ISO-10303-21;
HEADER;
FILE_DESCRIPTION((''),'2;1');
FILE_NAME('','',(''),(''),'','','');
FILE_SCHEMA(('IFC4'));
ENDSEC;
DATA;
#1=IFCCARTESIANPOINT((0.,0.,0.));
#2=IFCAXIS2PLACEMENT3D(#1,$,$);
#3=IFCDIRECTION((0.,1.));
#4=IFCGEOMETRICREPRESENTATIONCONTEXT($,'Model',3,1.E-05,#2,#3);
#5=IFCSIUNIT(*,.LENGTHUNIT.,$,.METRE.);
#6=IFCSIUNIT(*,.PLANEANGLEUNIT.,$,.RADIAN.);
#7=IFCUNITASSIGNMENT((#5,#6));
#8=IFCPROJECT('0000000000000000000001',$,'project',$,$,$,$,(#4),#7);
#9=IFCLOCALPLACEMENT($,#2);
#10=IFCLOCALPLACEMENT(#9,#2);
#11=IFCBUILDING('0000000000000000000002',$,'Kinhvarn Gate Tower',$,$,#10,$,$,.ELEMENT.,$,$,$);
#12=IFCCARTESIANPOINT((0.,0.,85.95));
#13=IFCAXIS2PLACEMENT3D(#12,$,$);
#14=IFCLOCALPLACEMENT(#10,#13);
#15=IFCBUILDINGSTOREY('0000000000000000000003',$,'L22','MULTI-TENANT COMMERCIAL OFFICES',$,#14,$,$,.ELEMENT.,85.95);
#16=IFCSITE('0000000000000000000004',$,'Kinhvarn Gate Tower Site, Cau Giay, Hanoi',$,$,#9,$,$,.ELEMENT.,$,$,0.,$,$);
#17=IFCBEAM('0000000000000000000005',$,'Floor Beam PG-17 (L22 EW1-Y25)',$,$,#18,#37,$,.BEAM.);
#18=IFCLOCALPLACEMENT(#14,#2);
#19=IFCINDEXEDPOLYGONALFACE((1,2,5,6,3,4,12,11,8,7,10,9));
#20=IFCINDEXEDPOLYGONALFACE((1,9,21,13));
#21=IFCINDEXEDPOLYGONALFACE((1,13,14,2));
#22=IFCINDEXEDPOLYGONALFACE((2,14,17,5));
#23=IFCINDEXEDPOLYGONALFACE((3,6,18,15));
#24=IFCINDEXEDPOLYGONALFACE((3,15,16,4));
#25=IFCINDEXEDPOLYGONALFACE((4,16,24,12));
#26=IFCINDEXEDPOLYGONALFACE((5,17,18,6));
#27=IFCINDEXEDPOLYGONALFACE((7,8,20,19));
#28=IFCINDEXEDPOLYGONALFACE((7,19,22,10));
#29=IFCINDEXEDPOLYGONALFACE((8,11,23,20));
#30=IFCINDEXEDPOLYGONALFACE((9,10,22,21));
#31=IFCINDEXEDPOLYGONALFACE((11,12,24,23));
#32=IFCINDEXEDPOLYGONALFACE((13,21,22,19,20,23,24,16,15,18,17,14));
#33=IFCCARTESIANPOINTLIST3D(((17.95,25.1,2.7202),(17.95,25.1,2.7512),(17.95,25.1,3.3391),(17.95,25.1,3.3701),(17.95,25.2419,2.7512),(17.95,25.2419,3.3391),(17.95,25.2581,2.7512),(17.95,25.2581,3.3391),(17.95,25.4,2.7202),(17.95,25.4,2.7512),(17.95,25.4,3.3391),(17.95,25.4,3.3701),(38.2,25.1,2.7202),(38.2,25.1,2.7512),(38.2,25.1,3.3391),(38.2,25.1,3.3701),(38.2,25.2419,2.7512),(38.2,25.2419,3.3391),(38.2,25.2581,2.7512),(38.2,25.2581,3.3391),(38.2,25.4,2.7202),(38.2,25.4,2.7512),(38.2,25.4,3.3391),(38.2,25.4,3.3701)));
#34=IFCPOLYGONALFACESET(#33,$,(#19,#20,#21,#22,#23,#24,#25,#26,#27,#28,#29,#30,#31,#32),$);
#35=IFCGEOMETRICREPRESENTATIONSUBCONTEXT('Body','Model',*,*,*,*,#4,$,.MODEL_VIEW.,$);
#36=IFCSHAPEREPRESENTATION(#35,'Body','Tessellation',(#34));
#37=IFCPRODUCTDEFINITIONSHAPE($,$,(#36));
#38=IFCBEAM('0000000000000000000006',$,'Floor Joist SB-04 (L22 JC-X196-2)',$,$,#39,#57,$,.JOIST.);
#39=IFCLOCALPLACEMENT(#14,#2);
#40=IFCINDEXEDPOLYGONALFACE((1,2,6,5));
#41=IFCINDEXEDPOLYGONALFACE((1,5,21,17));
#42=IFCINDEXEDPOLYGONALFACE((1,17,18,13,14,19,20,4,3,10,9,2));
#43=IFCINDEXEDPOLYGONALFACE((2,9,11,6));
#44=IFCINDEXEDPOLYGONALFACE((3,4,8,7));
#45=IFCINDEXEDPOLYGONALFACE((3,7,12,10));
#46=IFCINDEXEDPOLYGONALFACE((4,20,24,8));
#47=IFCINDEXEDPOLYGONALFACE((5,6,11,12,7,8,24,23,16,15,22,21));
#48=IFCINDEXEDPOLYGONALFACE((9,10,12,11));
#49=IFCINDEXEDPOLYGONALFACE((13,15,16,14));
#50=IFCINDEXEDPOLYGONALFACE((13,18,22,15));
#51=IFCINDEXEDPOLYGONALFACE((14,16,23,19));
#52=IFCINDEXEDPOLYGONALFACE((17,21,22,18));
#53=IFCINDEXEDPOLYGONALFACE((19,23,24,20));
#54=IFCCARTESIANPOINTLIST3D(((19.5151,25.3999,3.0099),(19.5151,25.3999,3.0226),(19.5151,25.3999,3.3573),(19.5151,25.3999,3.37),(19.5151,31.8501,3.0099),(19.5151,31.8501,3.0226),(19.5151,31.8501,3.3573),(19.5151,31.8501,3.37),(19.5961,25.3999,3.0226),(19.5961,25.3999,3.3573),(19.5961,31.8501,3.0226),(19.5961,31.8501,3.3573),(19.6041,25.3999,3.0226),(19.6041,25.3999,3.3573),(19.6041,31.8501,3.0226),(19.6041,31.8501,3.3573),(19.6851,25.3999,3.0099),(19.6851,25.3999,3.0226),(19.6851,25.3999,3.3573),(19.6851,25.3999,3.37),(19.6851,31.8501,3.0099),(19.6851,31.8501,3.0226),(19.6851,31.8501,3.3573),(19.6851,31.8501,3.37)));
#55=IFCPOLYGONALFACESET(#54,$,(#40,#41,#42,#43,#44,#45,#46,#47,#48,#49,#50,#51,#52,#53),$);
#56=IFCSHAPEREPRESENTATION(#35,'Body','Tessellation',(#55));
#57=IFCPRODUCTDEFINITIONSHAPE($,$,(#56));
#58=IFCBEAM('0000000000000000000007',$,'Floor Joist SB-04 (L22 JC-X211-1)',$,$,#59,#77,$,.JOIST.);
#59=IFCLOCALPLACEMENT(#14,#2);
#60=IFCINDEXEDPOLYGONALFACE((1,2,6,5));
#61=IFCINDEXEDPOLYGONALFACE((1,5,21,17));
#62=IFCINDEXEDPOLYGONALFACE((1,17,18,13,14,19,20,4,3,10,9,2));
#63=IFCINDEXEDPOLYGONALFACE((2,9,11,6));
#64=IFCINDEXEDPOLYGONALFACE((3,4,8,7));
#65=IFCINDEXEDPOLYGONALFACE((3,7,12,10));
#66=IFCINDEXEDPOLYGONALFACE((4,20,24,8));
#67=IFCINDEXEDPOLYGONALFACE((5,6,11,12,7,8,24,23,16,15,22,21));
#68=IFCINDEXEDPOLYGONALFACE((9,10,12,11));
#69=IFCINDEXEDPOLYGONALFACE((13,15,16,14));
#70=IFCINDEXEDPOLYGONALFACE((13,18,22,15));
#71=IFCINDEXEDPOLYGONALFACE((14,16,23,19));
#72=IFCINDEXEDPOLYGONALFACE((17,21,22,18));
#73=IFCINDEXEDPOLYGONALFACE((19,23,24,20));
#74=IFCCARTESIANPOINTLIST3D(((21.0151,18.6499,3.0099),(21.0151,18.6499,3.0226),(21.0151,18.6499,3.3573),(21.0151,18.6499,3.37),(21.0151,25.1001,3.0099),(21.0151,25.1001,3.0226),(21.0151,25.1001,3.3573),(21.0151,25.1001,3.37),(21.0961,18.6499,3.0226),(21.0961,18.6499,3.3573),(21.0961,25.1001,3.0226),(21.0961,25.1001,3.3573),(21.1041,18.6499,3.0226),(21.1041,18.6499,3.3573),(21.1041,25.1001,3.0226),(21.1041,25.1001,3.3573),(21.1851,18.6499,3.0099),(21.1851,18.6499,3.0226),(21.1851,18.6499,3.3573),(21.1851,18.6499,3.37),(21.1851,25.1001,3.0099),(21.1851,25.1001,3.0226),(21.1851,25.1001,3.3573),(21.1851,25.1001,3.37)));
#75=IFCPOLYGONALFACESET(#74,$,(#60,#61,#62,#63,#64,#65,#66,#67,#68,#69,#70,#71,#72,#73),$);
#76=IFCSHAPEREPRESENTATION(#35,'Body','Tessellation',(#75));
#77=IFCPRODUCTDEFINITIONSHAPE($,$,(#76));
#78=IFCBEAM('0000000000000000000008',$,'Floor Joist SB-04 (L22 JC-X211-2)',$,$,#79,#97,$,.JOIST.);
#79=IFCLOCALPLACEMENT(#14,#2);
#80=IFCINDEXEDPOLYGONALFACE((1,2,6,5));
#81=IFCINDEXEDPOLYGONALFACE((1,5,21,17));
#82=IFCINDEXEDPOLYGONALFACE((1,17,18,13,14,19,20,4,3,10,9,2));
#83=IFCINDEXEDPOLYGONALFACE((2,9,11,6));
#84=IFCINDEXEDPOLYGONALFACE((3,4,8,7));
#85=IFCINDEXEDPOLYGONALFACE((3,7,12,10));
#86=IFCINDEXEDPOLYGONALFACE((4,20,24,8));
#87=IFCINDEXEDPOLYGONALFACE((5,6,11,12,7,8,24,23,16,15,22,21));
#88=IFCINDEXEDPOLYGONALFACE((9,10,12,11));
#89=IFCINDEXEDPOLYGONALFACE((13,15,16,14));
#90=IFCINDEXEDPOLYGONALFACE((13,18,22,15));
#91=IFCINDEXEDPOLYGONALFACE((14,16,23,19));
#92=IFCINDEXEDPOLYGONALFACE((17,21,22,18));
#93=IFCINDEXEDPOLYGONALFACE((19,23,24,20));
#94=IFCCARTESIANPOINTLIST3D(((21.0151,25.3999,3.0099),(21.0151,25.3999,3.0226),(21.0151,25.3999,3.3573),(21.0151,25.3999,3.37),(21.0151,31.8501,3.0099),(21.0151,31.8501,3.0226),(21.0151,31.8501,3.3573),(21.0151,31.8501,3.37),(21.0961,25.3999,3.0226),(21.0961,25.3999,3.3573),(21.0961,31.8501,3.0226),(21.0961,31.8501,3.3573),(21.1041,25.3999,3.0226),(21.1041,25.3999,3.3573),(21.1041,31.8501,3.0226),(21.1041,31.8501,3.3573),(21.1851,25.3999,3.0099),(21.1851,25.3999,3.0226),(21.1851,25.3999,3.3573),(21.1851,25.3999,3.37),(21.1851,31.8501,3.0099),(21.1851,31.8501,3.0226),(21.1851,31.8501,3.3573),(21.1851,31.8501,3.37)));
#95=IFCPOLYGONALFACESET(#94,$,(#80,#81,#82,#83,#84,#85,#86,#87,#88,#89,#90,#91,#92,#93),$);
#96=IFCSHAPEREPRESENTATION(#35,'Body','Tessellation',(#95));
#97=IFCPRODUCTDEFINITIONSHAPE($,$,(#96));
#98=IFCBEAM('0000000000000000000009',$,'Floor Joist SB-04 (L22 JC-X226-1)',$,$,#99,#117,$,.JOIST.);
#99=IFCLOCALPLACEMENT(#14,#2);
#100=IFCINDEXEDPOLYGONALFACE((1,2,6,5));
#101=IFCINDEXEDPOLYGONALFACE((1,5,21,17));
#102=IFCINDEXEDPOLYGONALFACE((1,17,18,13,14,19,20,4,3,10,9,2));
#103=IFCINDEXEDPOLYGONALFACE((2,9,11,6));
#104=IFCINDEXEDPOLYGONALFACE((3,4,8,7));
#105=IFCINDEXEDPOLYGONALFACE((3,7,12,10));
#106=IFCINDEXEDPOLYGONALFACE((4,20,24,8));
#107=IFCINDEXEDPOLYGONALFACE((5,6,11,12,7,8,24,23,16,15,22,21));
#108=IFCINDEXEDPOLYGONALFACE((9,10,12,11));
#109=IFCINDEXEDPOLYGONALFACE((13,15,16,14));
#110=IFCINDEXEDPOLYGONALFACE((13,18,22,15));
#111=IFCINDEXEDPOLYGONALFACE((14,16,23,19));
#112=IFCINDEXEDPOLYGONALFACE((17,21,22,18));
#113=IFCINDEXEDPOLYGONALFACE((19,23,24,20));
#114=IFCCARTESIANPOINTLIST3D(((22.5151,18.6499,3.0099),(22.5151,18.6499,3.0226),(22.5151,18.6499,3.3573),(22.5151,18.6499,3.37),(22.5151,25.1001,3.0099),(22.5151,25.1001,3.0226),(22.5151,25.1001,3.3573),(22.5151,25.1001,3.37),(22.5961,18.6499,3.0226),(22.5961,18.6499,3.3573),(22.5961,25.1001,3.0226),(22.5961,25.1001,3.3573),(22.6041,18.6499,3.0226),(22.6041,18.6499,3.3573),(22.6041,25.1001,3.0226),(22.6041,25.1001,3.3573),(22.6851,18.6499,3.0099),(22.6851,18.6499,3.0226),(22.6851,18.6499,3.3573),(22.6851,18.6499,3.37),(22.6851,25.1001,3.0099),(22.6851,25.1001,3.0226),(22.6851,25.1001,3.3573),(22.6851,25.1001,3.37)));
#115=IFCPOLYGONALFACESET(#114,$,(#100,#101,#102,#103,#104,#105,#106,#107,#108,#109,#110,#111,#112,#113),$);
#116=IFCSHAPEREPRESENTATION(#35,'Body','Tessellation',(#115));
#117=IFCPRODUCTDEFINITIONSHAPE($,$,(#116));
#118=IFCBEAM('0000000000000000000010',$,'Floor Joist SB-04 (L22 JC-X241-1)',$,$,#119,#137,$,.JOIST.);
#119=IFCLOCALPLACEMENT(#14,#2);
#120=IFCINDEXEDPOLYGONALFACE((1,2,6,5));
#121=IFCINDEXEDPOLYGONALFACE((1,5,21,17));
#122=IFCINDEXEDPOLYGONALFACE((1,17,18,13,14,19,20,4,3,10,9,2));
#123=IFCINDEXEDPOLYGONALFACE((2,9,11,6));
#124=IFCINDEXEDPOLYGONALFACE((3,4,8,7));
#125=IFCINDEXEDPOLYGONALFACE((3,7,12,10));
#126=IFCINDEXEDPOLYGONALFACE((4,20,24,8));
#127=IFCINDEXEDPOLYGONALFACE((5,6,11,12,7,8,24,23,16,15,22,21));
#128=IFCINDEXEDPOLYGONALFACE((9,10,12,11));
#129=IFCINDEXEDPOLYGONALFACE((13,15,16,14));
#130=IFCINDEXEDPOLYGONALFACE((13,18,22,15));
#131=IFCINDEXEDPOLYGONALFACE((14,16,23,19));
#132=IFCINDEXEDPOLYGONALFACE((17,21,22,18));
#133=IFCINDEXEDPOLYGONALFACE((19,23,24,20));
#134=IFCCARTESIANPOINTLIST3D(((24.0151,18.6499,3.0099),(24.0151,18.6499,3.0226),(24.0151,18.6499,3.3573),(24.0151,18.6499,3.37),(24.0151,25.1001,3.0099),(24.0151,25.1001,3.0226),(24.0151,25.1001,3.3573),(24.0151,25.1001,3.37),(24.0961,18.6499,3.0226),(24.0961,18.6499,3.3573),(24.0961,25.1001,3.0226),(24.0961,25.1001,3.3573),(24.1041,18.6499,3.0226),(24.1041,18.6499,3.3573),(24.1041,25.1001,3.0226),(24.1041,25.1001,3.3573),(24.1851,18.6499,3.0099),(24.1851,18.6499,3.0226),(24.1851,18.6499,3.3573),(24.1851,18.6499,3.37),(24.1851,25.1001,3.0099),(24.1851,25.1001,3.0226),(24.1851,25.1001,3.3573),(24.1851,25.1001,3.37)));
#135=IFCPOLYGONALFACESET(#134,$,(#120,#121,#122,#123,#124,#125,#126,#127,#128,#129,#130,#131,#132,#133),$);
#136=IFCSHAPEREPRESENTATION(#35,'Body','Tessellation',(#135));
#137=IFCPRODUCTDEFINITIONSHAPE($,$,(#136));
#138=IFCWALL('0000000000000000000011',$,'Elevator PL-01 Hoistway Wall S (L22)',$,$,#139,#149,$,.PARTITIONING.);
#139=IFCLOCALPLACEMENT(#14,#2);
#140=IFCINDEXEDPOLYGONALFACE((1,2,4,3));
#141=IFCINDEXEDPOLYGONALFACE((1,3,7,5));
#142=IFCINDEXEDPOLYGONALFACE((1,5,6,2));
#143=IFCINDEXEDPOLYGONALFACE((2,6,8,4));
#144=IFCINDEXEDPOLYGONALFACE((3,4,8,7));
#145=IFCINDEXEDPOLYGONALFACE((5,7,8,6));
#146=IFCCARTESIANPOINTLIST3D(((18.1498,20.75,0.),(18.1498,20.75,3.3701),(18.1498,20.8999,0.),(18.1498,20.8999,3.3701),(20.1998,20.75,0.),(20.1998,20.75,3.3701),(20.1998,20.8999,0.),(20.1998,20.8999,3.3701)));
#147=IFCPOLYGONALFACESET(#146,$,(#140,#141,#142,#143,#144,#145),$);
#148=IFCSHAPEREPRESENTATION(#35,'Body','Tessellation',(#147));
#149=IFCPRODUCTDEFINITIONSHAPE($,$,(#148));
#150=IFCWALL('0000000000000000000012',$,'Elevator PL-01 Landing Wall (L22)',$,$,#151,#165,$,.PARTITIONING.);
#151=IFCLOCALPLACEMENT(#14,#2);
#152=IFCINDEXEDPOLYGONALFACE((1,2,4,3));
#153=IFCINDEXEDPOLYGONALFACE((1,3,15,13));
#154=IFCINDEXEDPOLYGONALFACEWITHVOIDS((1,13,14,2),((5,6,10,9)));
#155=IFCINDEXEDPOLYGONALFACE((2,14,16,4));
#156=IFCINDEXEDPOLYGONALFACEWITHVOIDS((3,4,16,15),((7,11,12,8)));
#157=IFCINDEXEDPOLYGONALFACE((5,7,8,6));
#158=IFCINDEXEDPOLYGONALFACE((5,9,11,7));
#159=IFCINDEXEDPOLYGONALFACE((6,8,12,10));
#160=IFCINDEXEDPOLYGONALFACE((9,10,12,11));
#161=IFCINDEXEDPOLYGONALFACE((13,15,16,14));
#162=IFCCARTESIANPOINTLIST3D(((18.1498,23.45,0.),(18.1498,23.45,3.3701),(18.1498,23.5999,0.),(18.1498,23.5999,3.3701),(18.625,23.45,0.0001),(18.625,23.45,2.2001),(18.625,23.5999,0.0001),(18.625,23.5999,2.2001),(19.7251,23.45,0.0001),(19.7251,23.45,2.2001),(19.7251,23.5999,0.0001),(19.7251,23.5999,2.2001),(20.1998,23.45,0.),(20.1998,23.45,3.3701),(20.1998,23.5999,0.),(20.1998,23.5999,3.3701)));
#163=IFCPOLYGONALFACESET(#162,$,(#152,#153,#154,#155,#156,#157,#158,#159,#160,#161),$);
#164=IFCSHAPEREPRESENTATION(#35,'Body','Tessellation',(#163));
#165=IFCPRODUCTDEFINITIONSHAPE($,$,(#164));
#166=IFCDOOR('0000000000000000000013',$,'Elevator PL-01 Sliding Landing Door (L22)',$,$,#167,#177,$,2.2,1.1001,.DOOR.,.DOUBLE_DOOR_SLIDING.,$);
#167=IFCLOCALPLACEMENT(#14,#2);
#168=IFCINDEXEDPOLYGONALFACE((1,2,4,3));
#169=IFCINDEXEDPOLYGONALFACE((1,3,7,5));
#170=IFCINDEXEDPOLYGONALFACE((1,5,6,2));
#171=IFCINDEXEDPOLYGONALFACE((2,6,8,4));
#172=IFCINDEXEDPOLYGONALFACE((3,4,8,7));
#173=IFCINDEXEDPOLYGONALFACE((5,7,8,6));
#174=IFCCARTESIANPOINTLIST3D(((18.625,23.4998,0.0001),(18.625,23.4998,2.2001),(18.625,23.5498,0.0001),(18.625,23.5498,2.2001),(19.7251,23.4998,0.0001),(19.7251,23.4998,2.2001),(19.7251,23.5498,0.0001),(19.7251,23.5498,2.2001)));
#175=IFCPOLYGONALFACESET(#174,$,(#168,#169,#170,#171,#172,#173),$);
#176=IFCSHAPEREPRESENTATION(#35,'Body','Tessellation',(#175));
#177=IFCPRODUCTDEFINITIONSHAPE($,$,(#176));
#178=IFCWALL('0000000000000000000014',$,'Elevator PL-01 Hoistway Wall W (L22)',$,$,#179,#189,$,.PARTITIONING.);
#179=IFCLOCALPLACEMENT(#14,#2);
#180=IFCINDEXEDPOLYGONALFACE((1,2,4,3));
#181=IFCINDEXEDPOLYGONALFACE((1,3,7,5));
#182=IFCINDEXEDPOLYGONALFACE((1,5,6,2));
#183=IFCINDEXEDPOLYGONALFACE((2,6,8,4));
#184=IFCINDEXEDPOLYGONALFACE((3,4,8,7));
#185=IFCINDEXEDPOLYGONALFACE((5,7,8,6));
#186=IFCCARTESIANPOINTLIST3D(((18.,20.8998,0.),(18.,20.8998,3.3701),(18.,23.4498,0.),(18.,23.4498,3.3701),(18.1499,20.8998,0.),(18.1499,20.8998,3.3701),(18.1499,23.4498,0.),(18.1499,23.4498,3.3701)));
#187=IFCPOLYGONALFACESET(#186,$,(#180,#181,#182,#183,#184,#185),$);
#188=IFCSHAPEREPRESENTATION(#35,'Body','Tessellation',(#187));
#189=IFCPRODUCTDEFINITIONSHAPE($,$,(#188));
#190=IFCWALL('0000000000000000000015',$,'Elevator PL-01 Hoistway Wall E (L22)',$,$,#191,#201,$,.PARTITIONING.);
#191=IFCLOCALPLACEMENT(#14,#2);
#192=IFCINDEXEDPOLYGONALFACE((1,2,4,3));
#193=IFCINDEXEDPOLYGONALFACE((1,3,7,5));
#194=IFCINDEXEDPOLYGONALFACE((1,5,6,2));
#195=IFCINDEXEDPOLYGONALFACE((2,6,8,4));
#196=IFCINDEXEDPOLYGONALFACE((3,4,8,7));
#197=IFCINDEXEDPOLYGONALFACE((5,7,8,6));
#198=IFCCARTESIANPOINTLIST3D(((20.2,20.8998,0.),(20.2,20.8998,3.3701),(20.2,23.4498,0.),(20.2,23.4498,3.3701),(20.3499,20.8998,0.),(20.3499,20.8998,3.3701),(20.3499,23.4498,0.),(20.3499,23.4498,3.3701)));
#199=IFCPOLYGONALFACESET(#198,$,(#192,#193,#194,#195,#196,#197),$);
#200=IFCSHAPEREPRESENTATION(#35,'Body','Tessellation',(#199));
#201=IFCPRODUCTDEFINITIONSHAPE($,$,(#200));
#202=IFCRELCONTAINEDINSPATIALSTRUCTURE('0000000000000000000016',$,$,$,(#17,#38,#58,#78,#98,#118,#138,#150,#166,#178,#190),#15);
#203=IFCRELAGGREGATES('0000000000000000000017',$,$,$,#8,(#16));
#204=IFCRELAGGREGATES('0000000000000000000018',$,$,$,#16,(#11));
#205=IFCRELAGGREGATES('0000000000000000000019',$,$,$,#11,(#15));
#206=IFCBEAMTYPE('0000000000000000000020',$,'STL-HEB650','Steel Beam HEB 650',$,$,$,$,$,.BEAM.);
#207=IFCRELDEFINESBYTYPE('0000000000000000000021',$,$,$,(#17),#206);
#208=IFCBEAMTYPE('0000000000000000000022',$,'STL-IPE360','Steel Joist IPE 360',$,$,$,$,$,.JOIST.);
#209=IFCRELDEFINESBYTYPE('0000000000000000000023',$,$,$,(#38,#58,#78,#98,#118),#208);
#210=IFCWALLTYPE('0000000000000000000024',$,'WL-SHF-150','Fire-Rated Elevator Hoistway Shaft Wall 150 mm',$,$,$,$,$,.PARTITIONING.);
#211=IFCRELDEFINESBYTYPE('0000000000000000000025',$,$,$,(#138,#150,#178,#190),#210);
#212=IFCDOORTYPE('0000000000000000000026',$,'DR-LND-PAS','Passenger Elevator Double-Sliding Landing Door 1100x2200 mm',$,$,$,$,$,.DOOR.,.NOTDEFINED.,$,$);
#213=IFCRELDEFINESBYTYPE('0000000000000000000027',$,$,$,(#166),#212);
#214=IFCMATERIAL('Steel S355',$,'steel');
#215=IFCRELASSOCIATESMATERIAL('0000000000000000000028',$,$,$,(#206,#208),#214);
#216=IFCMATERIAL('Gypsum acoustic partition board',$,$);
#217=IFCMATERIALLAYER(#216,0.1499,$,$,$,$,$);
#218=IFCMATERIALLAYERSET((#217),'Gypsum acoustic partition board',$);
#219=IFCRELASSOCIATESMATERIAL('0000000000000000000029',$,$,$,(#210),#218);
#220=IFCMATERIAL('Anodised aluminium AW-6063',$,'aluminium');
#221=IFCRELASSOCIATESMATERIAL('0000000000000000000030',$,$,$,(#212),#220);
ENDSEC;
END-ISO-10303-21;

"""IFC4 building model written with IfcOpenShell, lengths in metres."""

from ifc_helpers import new_model, si_unit, direction, frame, frame_2d, origin, origin_2d, place, context, subcontext, project, spatial, rectangle, i_section, extrude, material, layer, layer_set, material_profile, profile_set, type_object, element, fill, save


model = new_model("IFC4")

# Units and contexts
model_context = context("Model", 3, precision=1e-05, world=origin(), true_north=direction((0.0, 1.0)))
body_context = subcontext(model_context, "Body", "Model", "MODEL_VIEW")
ifc_project = project(units=[si_unit("LENGTHUNIT", "METRE"), si_unit("PLANEANGLEUNIT", "RADIAN")], contexts=[model_context])

# Site, building, storey
site_placement = place(None, origin())
site = spatial("IfcSite", under=ifc_project, at=site_placement, Name="Kinhvarn Gate Tower Site, Cau Giay, Hanoi", CompositionType="ELEMENT", RefElevation=0.0)
building_placement = place(site_placement, origin())
building = spatial("IfcBuilding", under=site, at=building_placement, Name="Kinhvarn Gate Tower", CompositionType="ELEMENT")
storey_placement = place(building_placement, frame((0.0, 0.0, 85.95)))
storey = spatial("IfcBuildingStorey", under=building, at=storey_placement, Name="L22", Description="MULTI-TENANT COMMERCIAL OFFICES", CompositionType="ELEMENT", Elevation=85.95)

# Beams
ifc_material_1 = material(Name="Steel S355", Category="steel")
ifc_material_profile_1 = material_profile(ifc_material_1, i_section(OverallWidth=0.3, OverallDepth=0.6499, WebThickness=0.0161, FlangeThickness=0.031, at=origin_2d()), Name="HEB 650")
ifc_profile_set_1 = profile_set([ifc_material_profile_1], Name="Steel S355")
beam_type_1 = type_object("IfcBeamType", Name="STL-HEB650", Description="Steel Beam HEB 650", PredefinedType="BEAM", material=ifc_profile_set_1)
beam_placement = place(storey_placement, frame((17.95, 25.25, 3.0452), z_axis=(1.0, 0.0, 0.0), x_axis=(0.0, 1.0, 0.0)))
element("IfcBeam", 1, at=beam_placement, inside=storey, type_object=beam_type_1, Name="Floor Beam PG-17 (L22 EW1-Y25)", PredefinedType="BEAM", context=body_context, shape_type="SweptSolid", body=[
    extrude(i_section(OverallWidth=0.3, OverallDepth=0.6499, WebThickness=0.0161, FlangeThickness=0.031, at=origin_2d()), origin(), (0.0, 0.0, 1.0), 20.25),
])
ifc_material_profile_2 = material_profile(ifc_material_1, i_section(OverallWidth=0.1699, OverallDepth=0.3601, WebThickness=0.0081, FlangeThickness=0.0127, at=origin_2d()), Name="IPE 360")
ifc_profile_set_2 = profile_set([ifc_material_profile_2], Name="Steel S355")
beam_type_2 = type_object("IfcBeamType", Name="STL-IPE360", Description="Steel Joist IPE 360", PredefinedType="JOIST", material=ifc_profile_set_2)
for number, where, z_axis, x_axis, name in (
    (2, (19.6001, 25.3999, 3.1899), (0.0, 1.0, 0.0), (-1.0, 0.0, 0.0), "Floor Joist SB-04 (L22 JC-X196-2)"),
    (3, (21.1001, 18.6499, 3.1899), (0.0, 1.0, 0.0), (-1.0, 0.0, 0.0), "Floor Joist SB-04 (L22 JC-X211-1)"),
    (4, (21.1001, 25.3999, 3.1899), (0.0, 1.0, 0.0), (-1.0, 0.0, 0.0), "Floor Joist SB-04 (L22 JC-X211-2)"),
    (5, (22.6001, 18.6499, 3.1899), (0.0, 1.0, 0.0), (-1.0, 0.0, 0.0), "Floor Joist SB-04 (L22 JC-X226-1)"),
    (6, (24.1001, 18.6499, 3.1899), (0.0, 1.0, 0.0), (-1.0, 0.0, 0.0), "Floor Joist SB-04 (L22 JC-X241-1)"),
):
    element("IfcBeam", number, at=place(storey_placement, frame(where, z_axis=z_axis, x_axis=x_axis)), inside=storey, type_object=beam_type_2, Name=name, PredefinedType="JOIST", context=body_context, shape_type="SweptSolid", body=[
        extrude(i_section(OverallWidth=0.1699, OverallDepth=0.3601, WebThickness=0.0081, FlangeThickness=0.0127, at=origin_2d()), origin(), (0.0, 0.0, 1.0), 6.4502),
    ])

# Shared definitions
ifc_material_2 = material(Name="Gypsum acoustic partition board")
ifc_material_3 = material(Name="Anodised aluminium AW-6063", Category="aluminium")

# Wall
ifc_layer_1 = layer(ifc_material_2, 0.1499)
ifc_layer_set_1 = layer_set([ifc_layer_1], Name="Gypsum acoustic partition board")
wall_type_1 = type_object("IfcWallType", Name="WL-SHF-150", Description="Fire-Rated Elevator Hoistway Shaft Wall 150 mm", PredefinedType="PARTITIONING", material=ifc_layer_set_1)
wall_1_placement = place(storey_placement, frame((18.1499, 20.825, 0.0), z_axis=(0.0, 0.0, 1.0), x_axis=(1.0, 0.0, 0.0)))
element("IfcWall", 7, at=wall_1_placement, inside=storey, type_object=wall_type_1, Name="Elevator PL-01 Hoistway Wall S (L22)", PredefinedType="PARTITIONING", context=body_context, shape_type="SweptSolid", body=[
    extrude(rectangle(XDim=2.05, YDim=0.1499, at=frame_2d((1.0249, 0.0))), origin(), (0.0, 0.0, 1.0), 3.3701),
])

# Wall, opening, door
wall_2_placement = place(storey_placement, frame((18.1499, 23.5249, 0.0), z_axis=(0.0, 0.0, 1.0), x_axis=(1.0, 0.0, 0.0)))
wall_2 = element("IfcWall", 8, at=wall_2_placement, inside=storey, type_object=wall_type_1, Name="Elevator PL-01 Landing Wall (L22)", PredefinedType="PARTITIONING", context=body_context, shape_type="SweptSolid", body=[
    extrude(rectangle(XDim=2.05, YDim=0.1499, at=frame_2d((1.0249, 0.0))), origin(), (0.0, 0.0, 1.0), 3.3701),
])
opening_1_placement = place(wall_2_placement, frame((0.4751, 0.0, 0.0)))
opening_1 = element("IfcOpeningElement", 9, at=opening_1_placement, cuts=wall_2, PredefinedType="OPENING", context=body_context, shape_type="SweptSolid", body=[
    extrude(rectangle(XDim=1.1001, YDim=2.2, at=frame_2d((0.55, 1.1001))), frame((0.0, 0.085, 0.0), z_axis=(0.0, -1.0, 0.0), x_axis=(1.0, 0.0, 0.0)), (0.0, 0.0, 1.0), 0.1699),
])
door_type_1 = type_object("IfcDoorType", Name="DR-LND-PAS", Description="Passenger Elevator Double-Sliding Landing Door 1100x2200 mm", OperationType="NOTDEFINED", PredefinedType="DOOR", material=ifc_material_3)
door_1_placement = place(opening_1_placement, origin())
door_1 = element("IfcDoor", 10, at=door_1_placement, inside=storey, type_object=door_type_1, Name="Elevator PL-01 Sliding Landing Door (L22)", OperationType="DOUBLE_DOOR_SLIDING", OverallHeight=2.2, OverallWidth=1.1001, PredefinedType="DOOR", context=body_context, shape_type="SweptSolid", body=[
    extrude(rectangle(XDim=1.1001, YDim=2.2, at=frame_2d((0.55, 1.1001))), frame((0.0, 0.0249, 0.0), z_axis=(0.0, -1.0, 0.0), x_axis=(1.0, 0.0, 0.0)), (0.0, 0.0, 1.0), 0.05),
])
fill(opening_1, door_1)

# Walls
for number, where, z_axis, x_axis, name in (
    (11, (18.075, 20.8999, 0.0), (0.0, 0.0, 1.0), (0.0, 1.0, 0.0), "Elevator PL-01 Hoistway Wall W (L22)"),
    (12, (20.2749, 20.8999, 0.0), (0.0, 0.0, 1.0), (0.0, 1.0, 0.0), "Elevator PL-01 Hoistway Wall E (L22)"),
):
    element("IfcWall", number, at=place(storey_placement, frame(where, z_axis=z_axis, x_axis=x_axis)), inside=storey, type_object=wall_type_1, Name=name, PredefinedType="PARTITIONING", context=body_context, shape_type="SweptSolid", body=[
        extrude(rectangle(XDim=2.55, YDim=0.1499, at=frame_2d((1.2749, 0.0))), origin(), (0.0, 0.0, 1.0), 3.3701),
    ])

save(model, "model.ifc")
